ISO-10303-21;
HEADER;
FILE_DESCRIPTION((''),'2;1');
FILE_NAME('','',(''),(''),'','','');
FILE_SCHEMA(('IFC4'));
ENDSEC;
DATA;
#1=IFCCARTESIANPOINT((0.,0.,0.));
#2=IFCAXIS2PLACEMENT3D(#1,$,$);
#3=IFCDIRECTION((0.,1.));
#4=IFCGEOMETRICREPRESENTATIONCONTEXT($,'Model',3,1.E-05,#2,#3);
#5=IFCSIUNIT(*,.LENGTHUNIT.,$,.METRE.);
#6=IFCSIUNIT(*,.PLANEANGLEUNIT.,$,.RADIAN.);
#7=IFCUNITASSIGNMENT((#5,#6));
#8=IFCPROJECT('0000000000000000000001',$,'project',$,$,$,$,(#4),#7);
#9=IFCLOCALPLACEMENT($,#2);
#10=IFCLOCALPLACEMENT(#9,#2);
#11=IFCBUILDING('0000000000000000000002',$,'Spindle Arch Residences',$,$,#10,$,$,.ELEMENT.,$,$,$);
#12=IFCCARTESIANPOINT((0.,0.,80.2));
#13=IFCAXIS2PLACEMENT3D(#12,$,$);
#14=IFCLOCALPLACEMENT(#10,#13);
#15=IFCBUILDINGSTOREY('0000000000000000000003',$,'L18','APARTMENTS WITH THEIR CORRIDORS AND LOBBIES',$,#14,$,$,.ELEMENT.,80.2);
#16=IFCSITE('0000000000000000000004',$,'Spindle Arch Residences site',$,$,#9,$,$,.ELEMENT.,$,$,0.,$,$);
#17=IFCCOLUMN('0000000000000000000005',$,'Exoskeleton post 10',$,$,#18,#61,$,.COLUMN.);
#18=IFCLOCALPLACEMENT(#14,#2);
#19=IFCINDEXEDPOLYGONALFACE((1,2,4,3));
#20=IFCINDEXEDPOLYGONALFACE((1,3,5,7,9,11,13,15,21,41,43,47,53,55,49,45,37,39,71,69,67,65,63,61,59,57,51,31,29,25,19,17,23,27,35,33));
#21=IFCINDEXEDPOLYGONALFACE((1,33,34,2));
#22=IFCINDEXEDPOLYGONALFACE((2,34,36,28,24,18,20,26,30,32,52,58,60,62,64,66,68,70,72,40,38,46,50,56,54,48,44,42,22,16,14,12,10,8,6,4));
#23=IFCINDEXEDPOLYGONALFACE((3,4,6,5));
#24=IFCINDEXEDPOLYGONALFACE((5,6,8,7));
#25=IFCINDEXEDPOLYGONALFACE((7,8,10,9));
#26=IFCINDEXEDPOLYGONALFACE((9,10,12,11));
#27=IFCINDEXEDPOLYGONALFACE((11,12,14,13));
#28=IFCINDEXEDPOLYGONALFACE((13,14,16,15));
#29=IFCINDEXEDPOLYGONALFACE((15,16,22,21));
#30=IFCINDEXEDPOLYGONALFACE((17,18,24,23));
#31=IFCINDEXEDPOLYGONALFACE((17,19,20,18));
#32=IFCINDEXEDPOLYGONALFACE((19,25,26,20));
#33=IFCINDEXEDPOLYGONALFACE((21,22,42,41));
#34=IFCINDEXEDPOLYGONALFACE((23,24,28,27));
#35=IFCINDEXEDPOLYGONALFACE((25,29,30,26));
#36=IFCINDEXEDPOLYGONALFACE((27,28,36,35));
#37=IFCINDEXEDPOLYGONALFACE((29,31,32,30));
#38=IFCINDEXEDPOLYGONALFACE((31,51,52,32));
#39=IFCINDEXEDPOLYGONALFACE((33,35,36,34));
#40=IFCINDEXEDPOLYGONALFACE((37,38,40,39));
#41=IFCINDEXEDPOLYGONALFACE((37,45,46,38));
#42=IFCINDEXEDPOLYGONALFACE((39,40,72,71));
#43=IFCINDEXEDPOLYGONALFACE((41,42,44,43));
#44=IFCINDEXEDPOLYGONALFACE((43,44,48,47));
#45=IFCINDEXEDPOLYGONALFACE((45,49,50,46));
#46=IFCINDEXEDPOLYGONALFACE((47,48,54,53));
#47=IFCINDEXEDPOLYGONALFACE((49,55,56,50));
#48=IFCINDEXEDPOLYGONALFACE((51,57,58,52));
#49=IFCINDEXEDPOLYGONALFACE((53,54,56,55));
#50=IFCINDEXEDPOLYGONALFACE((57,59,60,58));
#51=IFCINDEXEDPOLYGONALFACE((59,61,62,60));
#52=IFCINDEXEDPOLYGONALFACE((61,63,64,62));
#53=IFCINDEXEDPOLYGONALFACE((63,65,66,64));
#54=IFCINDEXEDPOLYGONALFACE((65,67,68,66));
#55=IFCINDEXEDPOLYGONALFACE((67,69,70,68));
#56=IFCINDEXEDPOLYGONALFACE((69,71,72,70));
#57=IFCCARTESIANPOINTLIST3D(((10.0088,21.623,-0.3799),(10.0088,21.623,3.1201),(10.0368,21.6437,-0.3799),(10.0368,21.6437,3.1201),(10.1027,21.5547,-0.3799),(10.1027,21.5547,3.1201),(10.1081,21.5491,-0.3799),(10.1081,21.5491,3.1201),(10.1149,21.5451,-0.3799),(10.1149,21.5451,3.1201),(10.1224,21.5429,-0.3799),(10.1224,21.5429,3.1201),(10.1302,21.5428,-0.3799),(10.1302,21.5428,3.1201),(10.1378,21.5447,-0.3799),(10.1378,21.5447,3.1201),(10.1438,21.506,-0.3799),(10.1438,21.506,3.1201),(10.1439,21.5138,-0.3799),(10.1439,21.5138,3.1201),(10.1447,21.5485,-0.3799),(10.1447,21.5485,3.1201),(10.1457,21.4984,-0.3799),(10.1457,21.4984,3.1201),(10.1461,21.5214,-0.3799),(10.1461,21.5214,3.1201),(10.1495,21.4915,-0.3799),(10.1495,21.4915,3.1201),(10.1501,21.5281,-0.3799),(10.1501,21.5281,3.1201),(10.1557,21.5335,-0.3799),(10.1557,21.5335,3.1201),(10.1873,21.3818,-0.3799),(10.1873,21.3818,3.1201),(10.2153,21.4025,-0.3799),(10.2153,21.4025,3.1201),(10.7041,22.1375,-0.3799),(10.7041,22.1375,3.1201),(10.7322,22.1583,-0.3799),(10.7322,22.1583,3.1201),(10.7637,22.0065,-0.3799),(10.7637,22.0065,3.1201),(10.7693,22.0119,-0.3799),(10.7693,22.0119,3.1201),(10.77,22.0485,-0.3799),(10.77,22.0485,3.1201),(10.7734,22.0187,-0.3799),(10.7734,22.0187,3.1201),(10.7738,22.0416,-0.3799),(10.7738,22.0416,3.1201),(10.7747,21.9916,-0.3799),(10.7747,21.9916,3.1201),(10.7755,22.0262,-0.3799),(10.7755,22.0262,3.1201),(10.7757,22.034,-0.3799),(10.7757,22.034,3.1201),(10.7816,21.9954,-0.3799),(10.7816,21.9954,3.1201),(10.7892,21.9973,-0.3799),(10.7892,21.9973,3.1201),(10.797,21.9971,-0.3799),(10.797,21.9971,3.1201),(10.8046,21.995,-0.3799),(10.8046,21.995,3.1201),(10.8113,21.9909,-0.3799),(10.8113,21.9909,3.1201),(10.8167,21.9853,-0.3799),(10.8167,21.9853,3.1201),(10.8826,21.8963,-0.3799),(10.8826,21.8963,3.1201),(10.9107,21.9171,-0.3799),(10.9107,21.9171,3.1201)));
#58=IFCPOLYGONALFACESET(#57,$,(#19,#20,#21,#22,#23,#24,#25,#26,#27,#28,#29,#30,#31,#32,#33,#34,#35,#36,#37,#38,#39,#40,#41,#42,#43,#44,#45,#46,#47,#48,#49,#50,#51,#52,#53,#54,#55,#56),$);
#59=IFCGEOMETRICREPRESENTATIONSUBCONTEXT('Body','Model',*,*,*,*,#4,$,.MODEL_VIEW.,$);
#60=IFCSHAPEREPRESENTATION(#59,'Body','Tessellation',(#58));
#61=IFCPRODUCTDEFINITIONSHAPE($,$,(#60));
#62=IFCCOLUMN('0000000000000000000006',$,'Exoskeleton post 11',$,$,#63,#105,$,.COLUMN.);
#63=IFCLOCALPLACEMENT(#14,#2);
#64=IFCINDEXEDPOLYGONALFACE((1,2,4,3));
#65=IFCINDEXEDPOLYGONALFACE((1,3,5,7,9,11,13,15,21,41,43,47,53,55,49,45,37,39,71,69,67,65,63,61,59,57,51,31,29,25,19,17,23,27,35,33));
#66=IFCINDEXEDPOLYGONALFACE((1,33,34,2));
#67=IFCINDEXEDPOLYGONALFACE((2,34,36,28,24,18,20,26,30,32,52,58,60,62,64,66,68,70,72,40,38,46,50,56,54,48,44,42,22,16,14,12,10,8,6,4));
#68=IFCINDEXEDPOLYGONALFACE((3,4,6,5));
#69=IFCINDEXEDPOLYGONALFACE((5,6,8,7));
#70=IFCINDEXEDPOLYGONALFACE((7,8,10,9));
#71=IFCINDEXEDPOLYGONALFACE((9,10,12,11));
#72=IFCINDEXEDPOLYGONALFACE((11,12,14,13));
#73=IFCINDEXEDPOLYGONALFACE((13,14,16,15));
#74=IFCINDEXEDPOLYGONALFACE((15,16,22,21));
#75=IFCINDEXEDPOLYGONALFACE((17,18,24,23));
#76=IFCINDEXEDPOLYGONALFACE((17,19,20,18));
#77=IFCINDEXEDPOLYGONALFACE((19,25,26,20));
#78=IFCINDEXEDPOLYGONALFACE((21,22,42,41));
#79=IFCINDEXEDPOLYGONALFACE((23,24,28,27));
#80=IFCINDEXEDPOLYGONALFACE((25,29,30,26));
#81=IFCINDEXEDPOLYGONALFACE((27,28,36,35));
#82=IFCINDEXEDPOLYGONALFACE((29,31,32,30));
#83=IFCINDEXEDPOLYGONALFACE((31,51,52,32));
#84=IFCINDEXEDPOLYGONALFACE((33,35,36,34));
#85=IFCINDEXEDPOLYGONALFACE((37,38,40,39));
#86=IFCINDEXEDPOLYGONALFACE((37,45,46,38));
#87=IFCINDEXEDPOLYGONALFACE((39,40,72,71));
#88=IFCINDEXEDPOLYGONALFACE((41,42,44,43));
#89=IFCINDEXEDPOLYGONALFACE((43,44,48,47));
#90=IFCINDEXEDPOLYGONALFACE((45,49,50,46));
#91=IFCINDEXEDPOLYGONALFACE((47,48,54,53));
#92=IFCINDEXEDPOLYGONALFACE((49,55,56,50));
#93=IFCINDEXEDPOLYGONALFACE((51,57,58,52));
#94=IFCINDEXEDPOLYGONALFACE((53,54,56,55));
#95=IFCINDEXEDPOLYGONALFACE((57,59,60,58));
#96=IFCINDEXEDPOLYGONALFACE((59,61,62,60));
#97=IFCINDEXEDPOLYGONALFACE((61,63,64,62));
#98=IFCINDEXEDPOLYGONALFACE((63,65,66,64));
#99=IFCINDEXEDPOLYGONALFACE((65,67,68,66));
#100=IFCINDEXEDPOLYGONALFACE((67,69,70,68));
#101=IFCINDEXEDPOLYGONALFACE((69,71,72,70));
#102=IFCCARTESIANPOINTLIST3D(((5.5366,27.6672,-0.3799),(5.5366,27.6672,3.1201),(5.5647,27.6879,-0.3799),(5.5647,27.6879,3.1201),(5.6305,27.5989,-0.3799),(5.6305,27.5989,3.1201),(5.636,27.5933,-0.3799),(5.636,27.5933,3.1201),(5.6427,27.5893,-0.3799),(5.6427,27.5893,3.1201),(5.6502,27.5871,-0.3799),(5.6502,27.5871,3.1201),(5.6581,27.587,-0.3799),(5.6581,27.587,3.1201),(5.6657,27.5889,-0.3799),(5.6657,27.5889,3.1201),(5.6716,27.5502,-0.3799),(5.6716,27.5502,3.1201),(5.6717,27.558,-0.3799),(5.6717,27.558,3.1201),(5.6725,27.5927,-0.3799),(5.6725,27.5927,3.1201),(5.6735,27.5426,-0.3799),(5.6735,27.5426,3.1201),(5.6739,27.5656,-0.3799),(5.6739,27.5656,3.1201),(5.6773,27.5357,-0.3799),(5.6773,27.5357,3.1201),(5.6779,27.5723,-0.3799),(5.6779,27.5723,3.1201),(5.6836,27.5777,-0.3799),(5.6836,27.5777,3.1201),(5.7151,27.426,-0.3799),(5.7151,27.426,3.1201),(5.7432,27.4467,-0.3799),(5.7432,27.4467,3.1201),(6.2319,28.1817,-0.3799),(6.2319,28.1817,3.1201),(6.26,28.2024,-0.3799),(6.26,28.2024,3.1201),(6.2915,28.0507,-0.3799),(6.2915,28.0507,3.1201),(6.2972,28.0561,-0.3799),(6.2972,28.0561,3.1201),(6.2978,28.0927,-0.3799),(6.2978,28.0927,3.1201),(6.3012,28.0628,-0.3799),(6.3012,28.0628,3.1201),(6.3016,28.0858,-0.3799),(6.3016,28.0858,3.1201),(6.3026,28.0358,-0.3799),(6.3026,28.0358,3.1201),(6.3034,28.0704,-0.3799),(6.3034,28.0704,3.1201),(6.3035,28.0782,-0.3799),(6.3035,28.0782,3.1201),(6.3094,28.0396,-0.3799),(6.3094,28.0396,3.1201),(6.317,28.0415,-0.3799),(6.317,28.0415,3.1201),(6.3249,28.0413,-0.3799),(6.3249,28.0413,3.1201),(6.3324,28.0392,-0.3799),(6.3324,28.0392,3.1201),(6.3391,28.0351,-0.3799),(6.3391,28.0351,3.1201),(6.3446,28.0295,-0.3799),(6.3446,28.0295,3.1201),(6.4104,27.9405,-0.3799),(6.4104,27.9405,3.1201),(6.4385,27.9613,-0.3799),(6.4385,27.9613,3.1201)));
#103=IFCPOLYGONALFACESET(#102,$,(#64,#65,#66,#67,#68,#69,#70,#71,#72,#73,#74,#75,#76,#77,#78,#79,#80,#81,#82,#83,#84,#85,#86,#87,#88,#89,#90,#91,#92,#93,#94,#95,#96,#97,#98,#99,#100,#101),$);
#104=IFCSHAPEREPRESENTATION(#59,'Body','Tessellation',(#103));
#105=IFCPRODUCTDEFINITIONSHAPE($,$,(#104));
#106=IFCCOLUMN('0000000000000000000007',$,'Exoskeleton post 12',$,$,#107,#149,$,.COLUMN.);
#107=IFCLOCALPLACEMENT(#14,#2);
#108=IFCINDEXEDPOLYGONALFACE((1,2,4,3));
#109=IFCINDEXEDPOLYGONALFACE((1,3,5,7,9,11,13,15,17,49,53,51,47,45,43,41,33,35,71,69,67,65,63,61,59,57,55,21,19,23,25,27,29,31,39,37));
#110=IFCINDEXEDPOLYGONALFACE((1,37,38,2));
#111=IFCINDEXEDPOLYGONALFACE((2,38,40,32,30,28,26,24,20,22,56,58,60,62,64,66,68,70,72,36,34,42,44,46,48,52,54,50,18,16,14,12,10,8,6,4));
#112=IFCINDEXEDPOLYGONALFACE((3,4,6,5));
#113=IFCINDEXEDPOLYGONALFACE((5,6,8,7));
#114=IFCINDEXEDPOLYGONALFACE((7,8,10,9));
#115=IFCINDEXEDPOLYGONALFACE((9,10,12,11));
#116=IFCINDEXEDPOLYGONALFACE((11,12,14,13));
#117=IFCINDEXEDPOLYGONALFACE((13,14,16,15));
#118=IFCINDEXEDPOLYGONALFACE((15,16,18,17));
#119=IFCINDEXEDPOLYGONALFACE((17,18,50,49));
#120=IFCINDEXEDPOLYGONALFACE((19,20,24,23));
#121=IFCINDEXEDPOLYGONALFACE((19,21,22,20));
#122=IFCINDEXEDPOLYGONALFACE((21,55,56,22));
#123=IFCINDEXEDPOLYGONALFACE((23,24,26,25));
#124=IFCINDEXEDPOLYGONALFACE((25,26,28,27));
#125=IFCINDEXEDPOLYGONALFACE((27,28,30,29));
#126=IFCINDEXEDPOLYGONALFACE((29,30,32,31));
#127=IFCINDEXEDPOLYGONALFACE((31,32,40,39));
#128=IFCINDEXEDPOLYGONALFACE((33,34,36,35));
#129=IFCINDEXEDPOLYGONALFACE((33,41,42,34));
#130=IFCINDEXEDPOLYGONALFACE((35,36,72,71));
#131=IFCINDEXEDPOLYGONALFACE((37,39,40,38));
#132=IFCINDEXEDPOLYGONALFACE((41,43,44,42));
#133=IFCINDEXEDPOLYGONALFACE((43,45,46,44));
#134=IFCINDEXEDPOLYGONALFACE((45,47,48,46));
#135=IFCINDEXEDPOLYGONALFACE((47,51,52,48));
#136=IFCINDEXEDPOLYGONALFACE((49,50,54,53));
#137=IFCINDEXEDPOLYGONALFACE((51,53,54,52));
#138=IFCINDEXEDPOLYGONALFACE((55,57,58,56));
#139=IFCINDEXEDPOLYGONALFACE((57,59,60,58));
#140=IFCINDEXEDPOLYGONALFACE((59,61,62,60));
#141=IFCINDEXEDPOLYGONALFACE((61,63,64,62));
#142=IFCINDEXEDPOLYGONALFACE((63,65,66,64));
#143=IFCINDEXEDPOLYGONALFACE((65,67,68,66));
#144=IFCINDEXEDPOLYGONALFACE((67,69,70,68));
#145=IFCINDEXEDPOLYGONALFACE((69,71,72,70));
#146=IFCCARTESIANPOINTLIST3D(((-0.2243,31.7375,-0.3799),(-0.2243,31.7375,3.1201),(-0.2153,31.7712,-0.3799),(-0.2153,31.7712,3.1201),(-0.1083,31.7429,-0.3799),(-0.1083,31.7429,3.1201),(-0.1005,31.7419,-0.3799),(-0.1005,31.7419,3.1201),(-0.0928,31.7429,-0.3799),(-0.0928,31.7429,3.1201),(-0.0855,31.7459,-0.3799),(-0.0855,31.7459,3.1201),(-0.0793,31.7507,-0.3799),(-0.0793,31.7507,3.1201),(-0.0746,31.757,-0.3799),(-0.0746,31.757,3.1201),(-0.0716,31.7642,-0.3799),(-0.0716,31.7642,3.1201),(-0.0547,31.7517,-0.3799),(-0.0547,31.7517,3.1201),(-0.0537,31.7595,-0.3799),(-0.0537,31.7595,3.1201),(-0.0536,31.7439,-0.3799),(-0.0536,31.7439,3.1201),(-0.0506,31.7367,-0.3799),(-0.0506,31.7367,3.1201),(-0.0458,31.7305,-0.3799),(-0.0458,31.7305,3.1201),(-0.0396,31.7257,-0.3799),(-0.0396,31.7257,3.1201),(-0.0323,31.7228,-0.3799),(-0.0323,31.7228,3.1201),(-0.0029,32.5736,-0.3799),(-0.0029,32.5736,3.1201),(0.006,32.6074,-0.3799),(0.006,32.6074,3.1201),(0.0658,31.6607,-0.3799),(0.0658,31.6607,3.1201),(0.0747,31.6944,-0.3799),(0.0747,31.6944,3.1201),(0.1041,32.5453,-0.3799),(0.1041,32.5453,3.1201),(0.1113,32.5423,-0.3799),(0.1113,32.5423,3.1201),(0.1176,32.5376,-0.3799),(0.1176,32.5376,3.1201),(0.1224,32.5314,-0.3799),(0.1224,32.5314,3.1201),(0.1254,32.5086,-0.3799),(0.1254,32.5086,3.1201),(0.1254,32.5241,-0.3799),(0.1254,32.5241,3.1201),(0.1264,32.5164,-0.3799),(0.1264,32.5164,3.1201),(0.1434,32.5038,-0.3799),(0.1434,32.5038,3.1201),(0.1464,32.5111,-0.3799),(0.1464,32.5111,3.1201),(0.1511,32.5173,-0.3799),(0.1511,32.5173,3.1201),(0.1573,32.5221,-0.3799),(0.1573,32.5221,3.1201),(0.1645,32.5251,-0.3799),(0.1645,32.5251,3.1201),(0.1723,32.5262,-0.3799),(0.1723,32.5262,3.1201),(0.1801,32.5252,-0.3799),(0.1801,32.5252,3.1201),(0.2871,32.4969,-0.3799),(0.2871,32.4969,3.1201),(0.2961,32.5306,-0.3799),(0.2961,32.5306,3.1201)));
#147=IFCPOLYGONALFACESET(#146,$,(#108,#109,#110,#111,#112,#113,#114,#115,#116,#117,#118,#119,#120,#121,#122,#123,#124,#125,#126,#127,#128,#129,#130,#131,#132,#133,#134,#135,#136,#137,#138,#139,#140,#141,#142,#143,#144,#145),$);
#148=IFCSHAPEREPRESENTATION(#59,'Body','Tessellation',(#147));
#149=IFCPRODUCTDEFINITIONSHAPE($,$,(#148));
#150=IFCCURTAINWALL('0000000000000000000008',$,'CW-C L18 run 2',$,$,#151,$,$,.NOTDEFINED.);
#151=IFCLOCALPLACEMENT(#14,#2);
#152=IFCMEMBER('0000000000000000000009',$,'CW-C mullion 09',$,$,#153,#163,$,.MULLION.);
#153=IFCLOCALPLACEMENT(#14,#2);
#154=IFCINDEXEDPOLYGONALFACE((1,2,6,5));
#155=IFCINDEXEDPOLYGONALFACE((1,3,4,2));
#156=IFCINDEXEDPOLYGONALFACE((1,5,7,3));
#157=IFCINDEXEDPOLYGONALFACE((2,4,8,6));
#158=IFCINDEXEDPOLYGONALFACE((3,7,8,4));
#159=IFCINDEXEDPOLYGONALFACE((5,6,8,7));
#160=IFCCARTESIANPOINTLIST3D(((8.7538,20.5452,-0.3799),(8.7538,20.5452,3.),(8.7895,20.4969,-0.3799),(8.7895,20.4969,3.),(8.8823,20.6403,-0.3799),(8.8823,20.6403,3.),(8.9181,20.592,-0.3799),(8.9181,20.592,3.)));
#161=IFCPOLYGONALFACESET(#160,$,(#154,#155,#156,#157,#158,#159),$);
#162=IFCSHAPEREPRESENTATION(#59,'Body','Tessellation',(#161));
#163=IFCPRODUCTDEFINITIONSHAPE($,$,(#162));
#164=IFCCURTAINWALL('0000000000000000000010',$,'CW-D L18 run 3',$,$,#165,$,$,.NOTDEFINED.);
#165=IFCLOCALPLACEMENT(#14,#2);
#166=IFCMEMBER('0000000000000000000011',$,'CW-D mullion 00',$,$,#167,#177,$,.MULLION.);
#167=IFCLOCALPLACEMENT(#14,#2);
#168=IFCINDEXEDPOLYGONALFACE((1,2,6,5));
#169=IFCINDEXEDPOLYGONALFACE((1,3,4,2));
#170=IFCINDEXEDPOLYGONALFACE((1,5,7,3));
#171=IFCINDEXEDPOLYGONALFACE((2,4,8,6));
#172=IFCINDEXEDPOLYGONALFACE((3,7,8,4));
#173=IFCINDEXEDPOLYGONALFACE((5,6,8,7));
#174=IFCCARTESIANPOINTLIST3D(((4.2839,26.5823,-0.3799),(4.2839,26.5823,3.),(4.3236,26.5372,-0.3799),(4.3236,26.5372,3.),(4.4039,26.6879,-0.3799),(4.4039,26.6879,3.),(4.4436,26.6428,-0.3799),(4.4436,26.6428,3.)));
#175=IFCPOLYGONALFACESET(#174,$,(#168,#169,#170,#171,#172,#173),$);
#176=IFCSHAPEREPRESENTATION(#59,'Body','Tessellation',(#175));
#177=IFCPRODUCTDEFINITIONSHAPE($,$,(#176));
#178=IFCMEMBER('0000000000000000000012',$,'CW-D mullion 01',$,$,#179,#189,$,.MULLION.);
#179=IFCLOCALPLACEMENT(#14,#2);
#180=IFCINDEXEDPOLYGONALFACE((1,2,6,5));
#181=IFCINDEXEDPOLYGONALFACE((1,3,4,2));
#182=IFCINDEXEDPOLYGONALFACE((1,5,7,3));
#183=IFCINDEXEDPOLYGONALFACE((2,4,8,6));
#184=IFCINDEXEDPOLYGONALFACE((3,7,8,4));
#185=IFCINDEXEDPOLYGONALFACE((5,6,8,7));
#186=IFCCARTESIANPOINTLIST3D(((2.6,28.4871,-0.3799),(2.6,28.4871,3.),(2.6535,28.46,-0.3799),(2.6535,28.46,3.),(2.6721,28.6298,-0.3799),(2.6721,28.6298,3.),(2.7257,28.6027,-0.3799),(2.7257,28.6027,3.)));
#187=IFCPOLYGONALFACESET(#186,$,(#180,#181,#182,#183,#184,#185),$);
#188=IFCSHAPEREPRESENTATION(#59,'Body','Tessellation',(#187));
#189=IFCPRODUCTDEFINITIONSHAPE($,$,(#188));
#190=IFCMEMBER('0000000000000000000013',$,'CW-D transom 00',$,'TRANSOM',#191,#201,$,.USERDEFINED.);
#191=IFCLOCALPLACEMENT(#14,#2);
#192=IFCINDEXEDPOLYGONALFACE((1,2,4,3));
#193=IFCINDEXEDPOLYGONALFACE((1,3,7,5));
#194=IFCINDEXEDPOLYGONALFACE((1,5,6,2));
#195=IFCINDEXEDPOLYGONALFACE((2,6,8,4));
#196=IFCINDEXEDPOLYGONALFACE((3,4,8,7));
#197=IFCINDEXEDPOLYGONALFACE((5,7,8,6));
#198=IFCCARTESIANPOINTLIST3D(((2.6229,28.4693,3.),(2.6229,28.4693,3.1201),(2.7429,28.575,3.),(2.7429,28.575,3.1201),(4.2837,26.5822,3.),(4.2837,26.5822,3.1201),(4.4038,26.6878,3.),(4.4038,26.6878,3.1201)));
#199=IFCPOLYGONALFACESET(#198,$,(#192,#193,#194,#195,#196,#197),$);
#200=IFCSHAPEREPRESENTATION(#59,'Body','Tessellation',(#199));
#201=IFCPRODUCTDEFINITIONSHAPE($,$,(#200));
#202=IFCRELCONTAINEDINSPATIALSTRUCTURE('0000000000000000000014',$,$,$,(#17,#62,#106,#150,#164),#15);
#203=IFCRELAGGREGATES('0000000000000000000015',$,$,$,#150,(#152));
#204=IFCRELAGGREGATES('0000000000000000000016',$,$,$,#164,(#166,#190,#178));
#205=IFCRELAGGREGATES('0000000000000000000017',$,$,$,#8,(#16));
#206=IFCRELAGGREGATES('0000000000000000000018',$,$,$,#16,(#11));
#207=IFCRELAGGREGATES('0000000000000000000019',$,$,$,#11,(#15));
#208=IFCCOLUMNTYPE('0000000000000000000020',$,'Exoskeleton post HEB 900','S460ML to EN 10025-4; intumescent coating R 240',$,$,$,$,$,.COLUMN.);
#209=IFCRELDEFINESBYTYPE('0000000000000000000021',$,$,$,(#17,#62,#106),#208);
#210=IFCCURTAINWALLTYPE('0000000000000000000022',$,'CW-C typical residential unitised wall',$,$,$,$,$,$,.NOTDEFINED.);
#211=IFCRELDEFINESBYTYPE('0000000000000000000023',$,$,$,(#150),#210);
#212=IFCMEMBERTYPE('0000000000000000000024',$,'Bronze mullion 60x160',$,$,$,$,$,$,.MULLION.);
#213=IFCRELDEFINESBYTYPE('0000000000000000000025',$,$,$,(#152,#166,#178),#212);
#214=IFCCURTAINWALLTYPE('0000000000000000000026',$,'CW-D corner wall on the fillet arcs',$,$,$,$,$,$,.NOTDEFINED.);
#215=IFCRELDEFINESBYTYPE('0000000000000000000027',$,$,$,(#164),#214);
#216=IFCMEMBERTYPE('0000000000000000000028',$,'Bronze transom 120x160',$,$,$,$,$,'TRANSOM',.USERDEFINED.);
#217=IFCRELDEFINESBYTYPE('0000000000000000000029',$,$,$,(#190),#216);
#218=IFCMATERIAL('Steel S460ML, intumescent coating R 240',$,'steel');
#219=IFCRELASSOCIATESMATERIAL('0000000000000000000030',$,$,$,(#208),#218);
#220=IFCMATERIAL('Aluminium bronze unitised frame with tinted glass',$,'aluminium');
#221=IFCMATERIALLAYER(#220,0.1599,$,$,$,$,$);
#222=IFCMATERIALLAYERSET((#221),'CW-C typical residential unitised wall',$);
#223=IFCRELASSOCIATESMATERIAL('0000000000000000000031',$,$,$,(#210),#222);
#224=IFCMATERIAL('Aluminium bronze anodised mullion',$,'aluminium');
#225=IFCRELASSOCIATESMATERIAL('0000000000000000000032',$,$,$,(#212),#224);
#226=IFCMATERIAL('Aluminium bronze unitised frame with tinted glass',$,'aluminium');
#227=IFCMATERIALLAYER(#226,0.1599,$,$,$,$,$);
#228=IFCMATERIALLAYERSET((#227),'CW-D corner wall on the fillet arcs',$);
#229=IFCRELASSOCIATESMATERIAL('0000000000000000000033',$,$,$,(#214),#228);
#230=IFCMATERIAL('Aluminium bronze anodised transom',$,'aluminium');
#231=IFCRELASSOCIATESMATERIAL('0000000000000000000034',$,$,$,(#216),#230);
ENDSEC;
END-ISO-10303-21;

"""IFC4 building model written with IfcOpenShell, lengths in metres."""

from ifc_helpers import new_model, si_unit, direction, frame, origin, origin_2d, place, context, subcontext, project, spatial, rectangle, i_section, extrude, material, layer, layer_set, material_profile, profile_set, type_object, element, aggregate, save


model = new_model("IFC4")

# Units and contexts
model_context = context("Model", 3, precision=1e-05, world=origin(), true_north=direction((0.0, 1.0)))
body_context = subcontext(model_context, "Body", "Model", "MODEL_VIEW")
ifc_project = project(units=[si_unit("LENGTHUNIT", "METRE"), si_unit("PLANEANGLEUNIT", "RADIAN")], contexts=[model_context])

# Site, building, storey
site_placement = place(None, origin())
site = spatial("IfcSite", under=ifc_project, at=site_placement, Name="Spindle Arch Residences site", CompositionType="ELEMENT", RefElevation=0.0)
building_placement = place(site_placement, origin())
building = spatial("IfcBuilding", under=site, at=building_placement, Name="Spindle Arch Residences", CompositionType="ELEMENT")
storey_placement = place(building_placement, frame((0.0, 0.0, 80.2)))
storey = spatial("IfcBuildingStorey", under=building, at=storey_placement, Name="L18", Description="APARTMENTS WITH THEIR CORRIDORS AND LOBBIES", CompositionType="ELEMENT", Elevation=80.2)

# Columns
ifc_material_1 = material(Name="Steel S460ML, intumescent coating R 240", Category="steel")
ifc_material_profile_1 = material_profile(ifc_material_1, i_section(OverallWidth=0.3, OverallDepth=0.8999, WebThickness=0.0186, FlangeThickness=0.0349, FilletRadius=0.03, at=origin_2d()), Name="HEB 900")
ifc_profile_set_1 = profile_set([ifc_material_profile_1], Name="Steel S460ML, intumescent coating R 240")
column_type = type_object("IfcColumnType", Name="Exoskeleton post HEB 900", Description="S460ML to EN 10025-4; intumescent coating R 240", PredefinedType="COLUMN", material=ifc_profile_set_1)
for number, where, z_axis, x_axis, name in (
    (1, (10.4597, 21.77, -0.3799), (0.0, 0.0, 1.0), (0.594823, -0.803857, 0.0), "Exoskeleton post 10"),
    (2, (5.9875, 27.8142, -0.3799), (0.0, 0.0, 1.0), (0.594823, -0.803857, 0.0), "Exoskeleton post 11"),
    (3, (0.0359, 32.134, -0.3799), (0.0, 0.0, 1.0), (0.966705, -0.255894, 0.0), "Exoskeleton post 12"),
):
    element("IfcColumn", number, at=place(storey_placement, frame(where, z_axis=z_axis, x_axis=x_axis)), inside=storey, type_object=column_type, Name=name, PredefinedType="COLUMN", context=body_context, shape_type="SweptSolid", body=[
        extrude(i_section(OverallWidth=0.3, OverallDepth=0.8999, WebThickness=0.0186, FlangeThickness=0.0349, FilletRadius=0.03, at=origin_2d()), origin(), (0.0, 0.0, 1.0), 3.5),
    ])

# Curtain wall, member
ifc_material_2 = material(Name="Aluminium bronze unitised frame with tinted glass", Category="aluminium")
ifc_layer_1 = layer(ifc_material_2, 0.1599)
ifc_layer_set_1 = layer_set([ifc_layer_1], Name="CW-C typical residential unitised wall")
curtain_wall_type_1 = type_object("IfcCurtainWallType", Name="CW-C typical residential unitised wall", PredefinedType="NOTDEFINED", material=ifc_layer_set_1)
curtain_wall_1_placement = place(storey_placement, origin())
curtain_wall_1 = element("IfcCurtainWall", 4, at=curtain_wall_1_placement, inside=storey, type_object=curtain_wall_type_1, Name="CW-C L18 run 2", PredefinedType="NOTDEFINED")
ifc_material_3 = material(Name="Aluminium bronze anodised mullion", Category="aluminium")
ifc_material_profile_2 = material_profile(ifc_material_3, rectangle(XDim=0.1599, YDim=0.0601, at=origin_2d()), Name="MU 60x160")
ifc_profile_set_2 = profile_set([ifc_material_profile_2], Name="Aluminium bronze anodised mullion")
member_type_1 = type_object("IfcMemberType", Name="Bronze mullion 60x160", PredefinedType="MULLION", material=ifc_profile_set_2)
member_1_placement = place(storey_placement, frame((8.8359, 20.5686, -0.3799), z_axis=(0.0, 0.0, 1.0), x_axis=(-0.803857, -0.594823, 0.0)))
member_1 = element("IfcMember", 5, at=member_1_placement, type_object=member_type_1, Name="CW-C mullion 09", PredefinedType="MULLION", context=body_context, shape_type="SweptSolid", body=[
    extrude(rectangle(XDim=0.1599, YDim=0.0601, at=origin_2d()), origin(), (0.0, 0.0, 1.0), 3.3799),
])

# Curtain wall, members
ifc_material_4 = material(Name="Aluminium bronze unitised frame with tinted glass", Category="aluminium")
ifc_layer_2 = layer(ifc_material_4, 0.1599)
ifc_layer_set_2 = layer_set([ifc_layer_2], Name="CW-D corner wall on the fillet arcs")
curtain_wall_type_2 = type_object("IfcCurtainWallType", Name="CW-D corner wall on the fillet arcs", PredefinedType="NOTDEFINED", material=ifc_layer_set_2)
curtain_wall_2_placement = place(storey_placement, origin())
curtain_wall_2 = element("IfcCurtainWall", 6, at=curtain_wall_2_placement, inside=storey, type_object=curtain_wall_type_2, Name="CW-D L18 run 3", PredefinedType="NOTDEFINED")
member_2_placement = place(storey_placement, frame((4.3638, 26.6125, -0.3799), z_axis=(0.0, 0.0, 1.0), x_axis=(-0.750647, -0.660704, 0.0)))
member_2 = element("IfcMember", 7, at=member_2_placement, type_object=member_type_1, Name="CW-D mullion 00", PredefinedType="MULLION", context=body_context, shape_type="SweptSolid", body=[
    extrude(rectangle(XDim=0.1599, YDim=0.0601, at=origin_2d()), origin(), (0.0, 0.0, 1.0), 3.3799),
])
member_3_placement = place(storey_placement, frame((2.6628, 28.5449, -0.3799), z_axis=(0.0, 0.0, 1.0), x_axis=(-0.451397, -0.892323, 0.0)))
member_3 = element("IfcMember", 8, at=member_3_placement, type_object=member_type_1, Name="CW-D mullion 01", PredefinedType="MULLION", context=body_context, shape_type="SweptSolid", body=[
    extrude(rectangle(XDim=0.1599, YDim=0.0601, at=origin_2d()), origin(), (0.0, 0.0, 1.0), 3.3799),
])
ifc_material_5 = material(Name="Aluminium bronze anodised transom", Category="aluminium")
ifc_material_profile_3 = material_profile(ifc_material_5, rectangle(XDim=0.1599, YDim=0.1201, at=origin_2d()), Name="TR 120x160")
ifc_profile_set_3 = profile_set([ifc_material_profile_3], Name="Aluminium bronze anodised transom")
member_type_2 = type_object("IfcMemberType", Name="Bronze transom 120x160", ElementType="TRANSOM", PredefinedType="USERDEFINED", material=ifc_profile_set_3)
member_4_placement = place(storey_placement, frame((4.3438, 26.635, 3.0601), z_axis=(-0.660661, 0.750685, 0.0), x_axis=(-0.750685, -0.660661, 0.0)))
member_4 = element("IfcMember", 9, at=member_4_placement, type_object=member_type_2, Name="CW-D transom 00", ObjectType="TRANSOM", PredefinedType="USERDEFINED", context=body_context, shape_type="SweptSolid", body=[
    extrude(rectangle(XDim=0.1599, YDim=0.1201, at=origin_2d()), origin(), (0.0, 0.0, 1.0), 2.5139),
])

aggregate(curtain_wall_1, [member_1])
aggregate(curtain_wall_2, [member_2, member_4, member_3])

save(model, "model.ifc")
